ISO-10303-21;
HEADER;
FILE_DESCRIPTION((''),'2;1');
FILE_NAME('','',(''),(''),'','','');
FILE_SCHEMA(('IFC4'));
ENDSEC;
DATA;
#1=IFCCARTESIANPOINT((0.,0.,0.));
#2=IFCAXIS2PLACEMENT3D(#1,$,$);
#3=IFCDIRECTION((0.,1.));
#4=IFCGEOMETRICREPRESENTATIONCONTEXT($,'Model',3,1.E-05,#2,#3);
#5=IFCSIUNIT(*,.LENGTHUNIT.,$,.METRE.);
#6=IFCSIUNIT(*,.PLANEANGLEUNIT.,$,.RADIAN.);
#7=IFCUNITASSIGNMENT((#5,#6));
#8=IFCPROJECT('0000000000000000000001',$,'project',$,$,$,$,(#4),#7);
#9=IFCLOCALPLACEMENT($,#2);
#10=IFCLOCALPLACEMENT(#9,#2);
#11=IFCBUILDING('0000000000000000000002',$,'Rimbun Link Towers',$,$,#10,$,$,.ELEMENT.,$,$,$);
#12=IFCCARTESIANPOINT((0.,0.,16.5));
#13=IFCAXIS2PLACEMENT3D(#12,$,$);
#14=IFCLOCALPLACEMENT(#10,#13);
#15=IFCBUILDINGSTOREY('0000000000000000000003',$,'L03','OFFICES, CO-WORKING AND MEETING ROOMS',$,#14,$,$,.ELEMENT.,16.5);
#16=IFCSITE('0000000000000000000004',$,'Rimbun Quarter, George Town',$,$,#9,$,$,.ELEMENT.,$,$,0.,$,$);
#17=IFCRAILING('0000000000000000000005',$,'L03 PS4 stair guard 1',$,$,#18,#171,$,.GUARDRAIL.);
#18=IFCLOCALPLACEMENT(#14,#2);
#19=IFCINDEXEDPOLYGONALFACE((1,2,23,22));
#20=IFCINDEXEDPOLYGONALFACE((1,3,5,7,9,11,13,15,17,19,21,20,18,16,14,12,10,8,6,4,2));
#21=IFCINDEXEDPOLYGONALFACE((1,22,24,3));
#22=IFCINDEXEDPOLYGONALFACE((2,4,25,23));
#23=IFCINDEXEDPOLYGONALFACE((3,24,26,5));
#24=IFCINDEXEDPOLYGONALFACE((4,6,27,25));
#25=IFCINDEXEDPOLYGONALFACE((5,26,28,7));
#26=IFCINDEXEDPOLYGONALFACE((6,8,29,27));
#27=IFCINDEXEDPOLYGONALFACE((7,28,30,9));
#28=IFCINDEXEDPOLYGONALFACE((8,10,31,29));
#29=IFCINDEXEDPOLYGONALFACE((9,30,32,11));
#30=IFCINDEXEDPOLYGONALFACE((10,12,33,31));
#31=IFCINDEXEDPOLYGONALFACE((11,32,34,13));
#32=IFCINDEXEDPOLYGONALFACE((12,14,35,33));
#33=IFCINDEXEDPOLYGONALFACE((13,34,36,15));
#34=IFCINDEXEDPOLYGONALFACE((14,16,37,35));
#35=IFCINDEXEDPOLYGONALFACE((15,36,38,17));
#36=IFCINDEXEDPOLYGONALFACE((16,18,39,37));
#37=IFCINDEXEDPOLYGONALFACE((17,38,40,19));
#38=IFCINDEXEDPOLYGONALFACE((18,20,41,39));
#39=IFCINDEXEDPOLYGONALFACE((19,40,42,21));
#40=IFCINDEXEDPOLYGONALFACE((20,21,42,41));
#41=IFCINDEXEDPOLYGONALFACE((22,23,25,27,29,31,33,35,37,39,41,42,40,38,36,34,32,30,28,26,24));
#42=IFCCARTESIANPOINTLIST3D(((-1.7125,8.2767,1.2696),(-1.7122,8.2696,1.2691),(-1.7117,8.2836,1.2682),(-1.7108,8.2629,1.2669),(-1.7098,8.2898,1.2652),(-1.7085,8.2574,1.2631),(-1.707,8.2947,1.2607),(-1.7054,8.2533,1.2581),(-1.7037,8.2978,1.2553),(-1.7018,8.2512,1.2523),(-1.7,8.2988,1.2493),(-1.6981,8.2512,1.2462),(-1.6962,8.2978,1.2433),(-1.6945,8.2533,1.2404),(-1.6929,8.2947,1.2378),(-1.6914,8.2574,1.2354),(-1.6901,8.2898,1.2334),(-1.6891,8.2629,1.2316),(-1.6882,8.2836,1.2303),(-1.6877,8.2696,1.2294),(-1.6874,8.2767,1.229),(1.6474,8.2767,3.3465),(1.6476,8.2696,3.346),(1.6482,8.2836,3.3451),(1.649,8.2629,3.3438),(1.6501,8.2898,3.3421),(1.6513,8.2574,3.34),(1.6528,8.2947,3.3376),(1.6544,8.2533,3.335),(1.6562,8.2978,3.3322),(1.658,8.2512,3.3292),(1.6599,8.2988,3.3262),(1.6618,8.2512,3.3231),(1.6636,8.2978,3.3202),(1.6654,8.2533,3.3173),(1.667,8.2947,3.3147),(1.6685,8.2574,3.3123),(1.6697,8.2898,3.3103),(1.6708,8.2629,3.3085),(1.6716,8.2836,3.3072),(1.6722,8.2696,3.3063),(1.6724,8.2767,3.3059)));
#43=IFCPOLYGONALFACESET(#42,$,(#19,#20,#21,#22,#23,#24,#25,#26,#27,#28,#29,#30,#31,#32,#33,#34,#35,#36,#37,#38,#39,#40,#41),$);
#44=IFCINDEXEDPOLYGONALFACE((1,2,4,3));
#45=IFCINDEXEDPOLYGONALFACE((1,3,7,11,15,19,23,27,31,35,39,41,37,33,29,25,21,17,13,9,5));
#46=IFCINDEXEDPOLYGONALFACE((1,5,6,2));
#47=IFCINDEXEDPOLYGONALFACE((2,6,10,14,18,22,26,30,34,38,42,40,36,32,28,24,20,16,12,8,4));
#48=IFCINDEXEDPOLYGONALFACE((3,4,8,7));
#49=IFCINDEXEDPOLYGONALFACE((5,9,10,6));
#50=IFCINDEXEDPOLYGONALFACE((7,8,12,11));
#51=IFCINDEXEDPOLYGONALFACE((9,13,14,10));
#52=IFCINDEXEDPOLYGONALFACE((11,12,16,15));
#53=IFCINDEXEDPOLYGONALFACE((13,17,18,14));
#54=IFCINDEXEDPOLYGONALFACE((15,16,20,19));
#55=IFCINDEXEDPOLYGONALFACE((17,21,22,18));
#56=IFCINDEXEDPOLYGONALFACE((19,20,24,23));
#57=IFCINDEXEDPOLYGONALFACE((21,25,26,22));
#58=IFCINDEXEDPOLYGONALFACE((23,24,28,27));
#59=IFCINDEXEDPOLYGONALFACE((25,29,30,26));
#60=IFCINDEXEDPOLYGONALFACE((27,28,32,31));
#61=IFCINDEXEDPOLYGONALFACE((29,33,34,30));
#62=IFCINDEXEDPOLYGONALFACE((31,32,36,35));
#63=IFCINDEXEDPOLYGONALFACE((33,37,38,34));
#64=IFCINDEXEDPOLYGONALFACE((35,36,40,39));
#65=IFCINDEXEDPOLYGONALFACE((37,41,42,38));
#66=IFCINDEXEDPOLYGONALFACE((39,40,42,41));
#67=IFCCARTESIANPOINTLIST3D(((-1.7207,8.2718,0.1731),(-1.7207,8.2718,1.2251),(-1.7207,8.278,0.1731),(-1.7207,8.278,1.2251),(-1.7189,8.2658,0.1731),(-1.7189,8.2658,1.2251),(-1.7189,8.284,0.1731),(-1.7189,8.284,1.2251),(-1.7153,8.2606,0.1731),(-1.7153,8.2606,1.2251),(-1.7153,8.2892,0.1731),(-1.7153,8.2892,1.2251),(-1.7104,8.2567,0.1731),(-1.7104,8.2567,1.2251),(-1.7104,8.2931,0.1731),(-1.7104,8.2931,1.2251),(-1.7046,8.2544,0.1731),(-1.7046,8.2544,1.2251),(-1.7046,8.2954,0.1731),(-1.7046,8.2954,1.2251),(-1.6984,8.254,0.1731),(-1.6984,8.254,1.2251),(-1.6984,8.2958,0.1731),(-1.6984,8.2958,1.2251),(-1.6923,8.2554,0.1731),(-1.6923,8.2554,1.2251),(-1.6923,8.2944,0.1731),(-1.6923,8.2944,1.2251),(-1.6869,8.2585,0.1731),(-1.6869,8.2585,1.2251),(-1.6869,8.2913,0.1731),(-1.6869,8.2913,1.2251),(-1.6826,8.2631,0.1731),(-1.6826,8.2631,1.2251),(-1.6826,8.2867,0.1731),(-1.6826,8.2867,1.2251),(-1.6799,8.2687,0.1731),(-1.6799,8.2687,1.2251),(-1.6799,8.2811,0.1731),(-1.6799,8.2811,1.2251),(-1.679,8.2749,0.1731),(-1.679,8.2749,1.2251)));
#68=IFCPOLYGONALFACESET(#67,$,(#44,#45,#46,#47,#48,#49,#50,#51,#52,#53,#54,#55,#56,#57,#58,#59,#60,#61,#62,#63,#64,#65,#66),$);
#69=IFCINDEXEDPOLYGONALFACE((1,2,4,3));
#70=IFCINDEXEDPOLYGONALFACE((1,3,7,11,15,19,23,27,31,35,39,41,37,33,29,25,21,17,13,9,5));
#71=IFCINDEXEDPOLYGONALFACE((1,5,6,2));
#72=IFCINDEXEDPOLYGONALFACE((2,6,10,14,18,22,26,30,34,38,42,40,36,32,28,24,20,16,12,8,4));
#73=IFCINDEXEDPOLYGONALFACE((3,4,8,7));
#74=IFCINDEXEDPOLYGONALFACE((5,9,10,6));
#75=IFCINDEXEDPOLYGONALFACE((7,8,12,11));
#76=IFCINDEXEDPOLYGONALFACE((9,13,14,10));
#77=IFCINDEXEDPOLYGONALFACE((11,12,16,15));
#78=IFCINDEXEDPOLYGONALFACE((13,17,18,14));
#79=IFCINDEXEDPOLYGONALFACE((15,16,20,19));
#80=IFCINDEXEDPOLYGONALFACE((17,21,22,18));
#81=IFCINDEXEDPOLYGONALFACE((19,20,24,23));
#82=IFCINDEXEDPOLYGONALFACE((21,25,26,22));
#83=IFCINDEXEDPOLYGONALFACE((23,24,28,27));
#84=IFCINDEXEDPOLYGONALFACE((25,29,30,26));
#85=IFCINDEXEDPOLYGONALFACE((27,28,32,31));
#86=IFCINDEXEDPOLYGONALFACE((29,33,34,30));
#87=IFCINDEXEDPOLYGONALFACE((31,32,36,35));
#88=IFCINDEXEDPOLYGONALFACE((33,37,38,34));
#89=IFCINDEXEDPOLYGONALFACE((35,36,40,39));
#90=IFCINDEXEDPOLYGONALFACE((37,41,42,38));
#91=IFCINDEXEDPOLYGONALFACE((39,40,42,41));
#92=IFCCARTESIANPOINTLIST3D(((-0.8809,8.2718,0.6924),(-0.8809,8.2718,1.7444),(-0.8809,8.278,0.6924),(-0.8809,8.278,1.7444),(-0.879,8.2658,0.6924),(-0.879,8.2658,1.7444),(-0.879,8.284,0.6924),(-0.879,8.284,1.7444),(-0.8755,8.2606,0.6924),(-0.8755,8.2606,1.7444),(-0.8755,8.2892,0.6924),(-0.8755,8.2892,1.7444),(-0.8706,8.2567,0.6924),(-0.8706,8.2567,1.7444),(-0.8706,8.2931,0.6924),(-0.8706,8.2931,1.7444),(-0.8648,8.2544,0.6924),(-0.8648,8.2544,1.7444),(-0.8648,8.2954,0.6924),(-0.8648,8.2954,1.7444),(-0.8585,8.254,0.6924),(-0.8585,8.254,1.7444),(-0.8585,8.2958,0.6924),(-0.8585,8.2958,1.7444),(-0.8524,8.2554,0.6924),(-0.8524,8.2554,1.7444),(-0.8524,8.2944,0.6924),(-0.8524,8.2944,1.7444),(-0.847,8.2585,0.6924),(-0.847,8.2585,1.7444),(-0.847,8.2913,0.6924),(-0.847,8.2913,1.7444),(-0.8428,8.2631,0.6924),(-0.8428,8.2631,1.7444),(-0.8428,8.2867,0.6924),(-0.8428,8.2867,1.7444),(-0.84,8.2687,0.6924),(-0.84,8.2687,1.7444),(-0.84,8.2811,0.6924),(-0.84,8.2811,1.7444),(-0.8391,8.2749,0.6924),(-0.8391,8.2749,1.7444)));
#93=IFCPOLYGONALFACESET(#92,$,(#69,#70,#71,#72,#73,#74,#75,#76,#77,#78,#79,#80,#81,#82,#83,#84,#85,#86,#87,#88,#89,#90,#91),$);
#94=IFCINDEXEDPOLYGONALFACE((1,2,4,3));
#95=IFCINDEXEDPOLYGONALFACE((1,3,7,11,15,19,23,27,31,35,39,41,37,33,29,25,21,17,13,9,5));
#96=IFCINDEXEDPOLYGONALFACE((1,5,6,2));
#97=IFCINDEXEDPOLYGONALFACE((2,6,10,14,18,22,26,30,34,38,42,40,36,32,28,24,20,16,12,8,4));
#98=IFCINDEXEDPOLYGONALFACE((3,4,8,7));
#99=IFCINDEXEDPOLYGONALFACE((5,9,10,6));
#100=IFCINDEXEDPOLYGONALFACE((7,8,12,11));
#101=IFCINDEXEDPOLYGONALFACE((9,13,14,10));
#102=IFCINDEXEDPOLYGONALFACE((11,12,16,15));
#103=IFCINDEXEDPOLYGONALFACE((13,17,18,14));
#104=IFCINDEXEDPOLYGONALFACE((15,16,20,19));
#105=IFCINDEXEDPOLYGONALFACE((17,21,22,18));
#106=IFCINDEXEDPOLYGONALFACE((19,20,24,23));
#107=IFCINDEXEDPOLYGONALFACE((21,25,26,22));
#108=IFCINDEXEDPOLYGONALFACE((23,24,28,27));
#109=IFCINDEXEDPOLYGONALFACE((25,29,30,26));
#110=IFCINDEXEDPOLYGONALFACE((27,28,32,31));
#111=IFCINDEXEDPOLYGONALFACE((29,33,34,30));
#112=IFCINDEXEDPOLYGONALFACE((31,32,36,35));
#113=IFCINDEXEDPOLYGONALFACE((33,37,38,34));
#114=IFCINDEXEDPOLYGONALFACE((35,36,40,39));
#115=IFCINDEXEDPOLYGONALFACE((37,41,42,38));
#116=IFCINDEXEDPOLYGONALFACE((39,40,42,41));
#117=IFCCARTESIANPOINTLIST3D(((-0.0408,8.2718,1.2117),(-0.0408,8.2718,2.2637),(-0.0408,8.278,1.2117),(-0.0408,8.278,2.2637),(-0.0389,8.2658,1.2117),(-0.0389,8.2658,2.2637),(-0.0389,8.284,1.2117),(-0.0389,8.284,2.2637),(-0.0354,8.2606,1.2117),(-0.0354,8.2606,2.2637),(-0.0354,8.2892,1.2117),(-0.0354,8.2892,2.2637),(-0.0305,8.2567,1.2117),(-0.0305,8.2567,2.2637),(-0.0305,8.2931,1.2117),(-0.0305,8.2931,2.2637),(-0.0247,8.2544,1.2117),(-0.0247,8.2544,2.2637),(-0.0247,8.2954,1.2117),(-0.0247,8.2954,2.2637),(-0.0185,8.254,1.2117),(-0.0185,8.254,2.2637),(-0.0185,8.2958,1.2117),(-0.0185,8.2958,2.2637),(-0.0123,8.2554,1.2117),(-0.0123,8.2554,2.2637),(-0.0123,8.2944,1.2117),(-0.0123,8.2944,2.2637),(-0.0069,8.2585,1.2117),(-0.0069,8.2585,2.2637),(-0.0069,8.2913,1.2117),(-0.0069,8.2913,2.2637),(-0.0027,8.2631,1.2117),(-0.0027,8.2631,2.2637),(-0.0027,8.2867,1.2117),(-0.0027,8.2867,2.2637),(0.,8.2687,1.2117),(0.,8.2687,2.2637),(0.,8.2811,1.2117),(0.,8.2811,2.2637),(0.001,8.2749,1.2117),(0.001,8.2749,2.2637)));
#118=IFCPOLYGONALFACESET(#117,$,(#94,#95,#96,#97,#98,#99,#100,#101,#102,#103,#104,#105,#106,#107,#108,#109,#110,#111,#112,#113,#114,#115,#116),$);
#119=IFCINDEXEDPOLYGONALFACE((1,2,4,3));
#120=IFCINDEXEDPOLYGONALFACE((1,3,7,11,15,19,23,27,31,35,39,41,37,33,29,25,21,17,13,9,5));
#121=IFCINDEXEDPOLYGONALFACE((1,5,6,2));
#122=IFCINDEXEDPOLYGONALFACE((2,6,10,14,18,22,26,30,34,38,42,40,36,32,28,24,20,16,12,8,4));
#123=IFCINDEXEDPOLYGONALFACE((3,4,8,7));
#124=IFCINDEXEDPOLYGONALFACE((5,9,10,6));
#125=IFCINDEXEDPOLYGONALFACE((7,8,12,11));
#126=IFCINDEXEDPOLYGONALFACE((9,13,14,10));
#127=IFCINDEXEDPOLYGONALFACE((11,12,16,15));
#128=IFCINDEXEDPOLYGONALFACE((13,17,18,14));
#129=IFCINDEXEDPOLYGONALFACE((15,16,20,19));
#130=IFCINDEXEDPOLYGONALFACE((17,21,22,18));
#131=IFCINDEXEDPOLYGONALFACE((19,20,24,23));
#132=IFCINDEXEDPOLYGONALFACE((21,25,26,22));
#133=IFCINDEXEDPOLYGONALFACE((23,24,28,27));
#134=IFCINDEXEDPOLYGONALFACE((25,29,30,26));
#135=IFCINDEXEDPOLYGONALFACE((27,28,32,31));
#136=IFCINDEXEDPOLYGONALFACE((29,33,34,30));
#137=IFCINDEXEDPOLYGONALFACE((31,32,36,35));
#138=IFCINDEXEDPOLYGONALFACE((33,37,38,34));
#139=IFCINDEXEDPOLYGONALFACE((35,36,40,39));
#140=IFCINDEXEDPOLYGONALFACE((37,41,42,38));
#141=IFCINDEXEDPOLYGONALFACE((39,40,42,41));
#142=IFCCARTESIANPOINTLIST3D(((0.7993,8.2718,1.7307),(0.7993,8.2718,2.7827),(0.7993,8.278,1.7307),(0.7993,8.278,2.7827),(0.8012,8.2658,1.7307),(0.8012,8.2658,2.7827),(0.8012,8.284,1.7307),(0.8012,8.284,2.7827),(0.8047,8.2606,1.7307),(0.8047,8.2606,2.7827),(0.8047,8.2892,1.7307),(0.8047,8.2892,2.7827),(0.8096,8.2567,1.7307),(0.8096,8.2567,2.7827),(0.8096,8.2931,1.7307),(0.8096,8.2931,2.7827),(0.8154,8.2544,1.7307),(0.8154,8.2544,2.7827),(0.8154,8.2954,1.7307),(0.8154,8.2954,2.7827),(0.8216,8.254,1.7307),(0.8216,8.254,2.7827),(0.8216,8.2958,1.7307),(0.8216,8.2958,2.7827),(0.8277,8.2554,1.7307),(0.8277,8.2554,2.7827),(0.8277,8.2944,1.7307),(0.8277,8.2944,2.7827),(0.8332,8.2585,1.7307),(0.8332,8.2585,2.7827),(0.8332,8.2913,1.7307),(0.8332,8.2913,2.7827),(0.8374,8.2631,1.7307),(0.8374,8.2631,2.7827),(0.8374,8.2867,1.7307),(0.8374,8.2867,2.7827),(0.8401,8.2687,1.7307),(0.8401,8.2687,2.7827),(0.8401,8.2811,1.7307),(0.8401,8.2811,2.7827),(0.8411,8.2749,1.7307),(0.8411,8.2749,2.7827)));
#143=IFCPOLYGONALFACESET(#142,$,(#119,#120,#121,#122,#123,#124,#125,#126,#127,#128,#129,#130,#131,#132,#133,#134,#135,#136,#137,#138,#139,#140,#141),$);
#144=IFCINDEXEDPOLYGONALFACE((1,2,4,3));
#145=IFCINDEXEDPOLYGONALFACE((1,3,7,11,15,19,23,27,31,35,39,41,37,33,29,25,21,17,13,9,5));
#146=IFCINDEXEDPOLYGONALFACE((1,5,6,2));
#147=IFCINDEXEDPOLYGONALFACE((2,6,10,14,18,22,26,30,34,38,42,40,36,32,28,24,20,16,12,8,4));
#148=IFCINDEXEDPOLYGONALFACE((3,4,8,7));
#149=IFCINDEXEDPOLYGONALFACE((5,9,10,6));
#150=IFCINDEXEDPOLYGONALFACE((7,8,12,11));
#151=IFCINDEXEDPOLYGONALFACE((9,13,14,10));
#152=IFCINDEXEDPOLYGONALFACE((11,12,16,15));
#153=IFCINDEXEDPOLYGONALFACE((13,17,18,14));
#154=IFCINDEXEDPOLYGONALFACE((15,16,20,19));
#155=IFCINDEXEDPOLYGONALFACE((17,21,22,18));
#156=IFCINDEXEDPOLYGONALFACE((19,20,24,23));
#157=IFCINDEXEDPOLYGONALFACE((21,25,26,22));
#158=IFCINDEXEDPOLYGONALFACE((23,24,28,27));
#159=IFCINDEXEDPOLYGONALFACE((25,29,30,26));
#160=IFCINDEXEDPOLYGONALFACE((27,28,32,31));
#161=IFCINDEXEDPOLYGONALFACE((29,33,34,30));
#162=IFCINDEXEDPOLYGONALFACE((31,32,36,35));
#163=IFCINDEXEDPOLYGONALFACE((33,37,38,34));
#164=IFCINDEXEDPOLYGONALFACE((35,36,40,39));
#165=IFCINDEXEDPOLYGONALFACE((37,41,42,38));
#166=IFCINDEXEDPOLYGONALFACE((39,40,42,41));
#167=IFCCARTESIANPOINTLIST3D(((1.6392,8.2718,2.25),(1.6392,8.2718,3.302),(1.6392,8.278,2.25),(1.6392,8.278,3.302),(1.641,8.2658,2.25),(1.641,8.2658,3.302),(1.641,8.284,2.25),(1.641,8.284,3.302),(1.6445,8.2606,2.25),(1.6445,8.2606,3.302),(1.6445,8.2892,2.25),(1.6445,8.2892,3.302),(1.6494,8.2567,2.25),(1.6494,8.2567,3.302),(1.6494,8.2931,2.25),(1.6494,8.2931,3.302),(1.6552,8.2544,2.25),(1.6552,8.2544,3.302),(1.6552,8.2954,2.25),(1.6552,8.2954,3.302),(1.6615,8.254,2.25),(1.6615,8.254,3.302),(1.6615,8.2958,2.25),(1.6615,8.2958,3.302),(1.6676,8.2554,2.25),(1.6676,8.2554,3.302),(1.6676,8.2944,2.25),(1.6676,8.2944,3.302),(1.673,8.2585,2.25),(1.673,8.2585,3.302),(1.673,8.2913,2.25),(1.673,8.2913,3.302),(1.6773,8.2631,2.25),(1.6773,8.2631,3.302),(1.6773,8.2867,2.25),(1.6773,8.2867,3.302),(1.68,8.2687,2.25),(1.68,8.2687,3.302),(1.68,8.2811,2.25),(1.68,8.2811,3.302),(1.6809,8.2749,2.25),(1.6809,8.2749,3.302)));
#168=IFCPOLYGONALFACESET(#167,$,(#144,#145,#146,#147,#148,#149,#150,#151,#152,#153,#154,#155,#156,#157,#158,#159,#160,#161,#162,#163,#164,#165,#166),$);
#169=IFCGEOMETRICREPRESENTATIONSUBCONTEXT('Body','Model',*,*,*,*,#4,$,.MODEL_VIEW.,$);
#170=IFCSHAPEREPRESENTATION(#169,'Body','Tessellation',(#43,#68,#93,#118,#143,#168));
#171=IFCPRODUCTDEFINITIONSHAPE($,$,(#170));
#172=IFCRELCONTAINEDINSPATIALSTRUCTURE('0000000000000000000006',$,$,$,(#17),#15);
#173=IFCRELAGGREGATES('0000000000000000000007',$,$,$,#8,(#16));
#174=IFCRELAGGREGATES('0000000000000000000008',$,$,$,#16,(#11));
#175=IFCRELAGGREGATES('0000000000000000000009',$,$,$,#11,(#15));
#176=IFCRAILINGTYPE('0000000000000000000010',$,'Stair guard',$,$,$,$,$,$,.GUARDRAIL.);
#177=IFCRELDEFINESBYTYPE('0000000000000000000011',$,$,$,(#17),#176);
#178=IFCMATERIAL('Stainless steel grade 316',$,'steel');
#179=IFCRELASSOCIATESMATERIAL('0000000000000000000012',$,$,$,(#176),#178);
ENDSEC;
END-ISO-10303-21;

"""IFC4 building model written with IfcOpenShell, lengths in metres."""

from ifc_helpers import new_model, si_unit, direction, frame, origin, origin_2d, place, context, subcontext, project, spatial, circle, extrude, material, type_object, element, save


model = new_model("IFC4")

# Units and contexts
model_context = context("Model", 3, precision=1e-05, world=origin(), true_north=direction((0.0, 1.0)))
body_context = subcontext(model_context, "Body", "Model", "MODEL_VIEW")
ifc_project = project(units=[si_unit("LENGTHUNIT", "METRE"), si_unit("PLANEANGLEUNIT", "RADIAN")], contexts=[model_context])

# Site, building, storey
site_placement = place(None, origin())
site = spatial("IfcSite", under=ifc_project, at=site_placement, Name="Rimbun Quarter, George Town", CompositionType="ELEMENT", RefElevation=0.0)
building_placement = place(site_placement, origin())
building = spatial("IfcBuilding", under=site, at=building_placement, Name="Rimbun Link Towers", CompositionType="ELEMENT")
storey_placement = place(building_placement, frame((0.0, 0.0, 16.5)))
storey = spatial("IfcBuildingStorey", under=building, at=storey_placement, Name="L03", Description="OFFICES, CO-WORKING AND MEETING ROOMS", CompositionType="ELEMENT", Elevation=16.5)

# Railing
ifc_material_1 = material(Name="Stainless steel grade 316", Category="steel")
railing_type_1 = type_object("IfcRailingType", Name="Stair guard", PredefinedType="GUARDRAIL", material=ifc_material_1)
railing_1_placement = place(storey_placement, frame((-1.7, 8.2749, 0.1731)))
element("IfcRailing", 1, at=railing_1_placement, inside=storey, type_object=railing_type_1, Name="L03 PS4 stair guard 1", PredefinedType="GUARDRAIL", context=body_context, shape_type="SweptSolid", body=[
    extrude(circle(Radius=0.0239, at=origin_2d()), frame((0.0, 0.0, 1.0762), z_axis=(0.850606, 0.0, 0.525803), x_axis=(0.0, 1.0, 0.0)), (0.0, 0.0, 1.0), 3.95),
    extrude(circle(Radius=0.021, at=origin_2d()), origin(), (0.0, 0.0, 1.0), 1.052),
    extrude(circle(Radius=0.021, at=origin_2d()), frame((0.8398, 0.0, 0.5193)), (0.0, 0.0, 1.0), 1.052),
    extrude(circle(Radius=0.021, at=origin_2d()), frame((1.6799, 0.0, 1.0386)), (0.0, 0.0, 1.0), 1.052),
    extrude(circle(Radius=0.021, at=origin_2d()), frame((2.52, 0.0, 1.5576)), (0.0, 0.0, 1.0), 1.052),
    extrude(circle(Radius=0.021, at=origin_2d()), frame((3.3599, 0.0, 2.0769)), (0.0, 0.0, 1.0), 1.052),
])

save(model, "model.ifc")
